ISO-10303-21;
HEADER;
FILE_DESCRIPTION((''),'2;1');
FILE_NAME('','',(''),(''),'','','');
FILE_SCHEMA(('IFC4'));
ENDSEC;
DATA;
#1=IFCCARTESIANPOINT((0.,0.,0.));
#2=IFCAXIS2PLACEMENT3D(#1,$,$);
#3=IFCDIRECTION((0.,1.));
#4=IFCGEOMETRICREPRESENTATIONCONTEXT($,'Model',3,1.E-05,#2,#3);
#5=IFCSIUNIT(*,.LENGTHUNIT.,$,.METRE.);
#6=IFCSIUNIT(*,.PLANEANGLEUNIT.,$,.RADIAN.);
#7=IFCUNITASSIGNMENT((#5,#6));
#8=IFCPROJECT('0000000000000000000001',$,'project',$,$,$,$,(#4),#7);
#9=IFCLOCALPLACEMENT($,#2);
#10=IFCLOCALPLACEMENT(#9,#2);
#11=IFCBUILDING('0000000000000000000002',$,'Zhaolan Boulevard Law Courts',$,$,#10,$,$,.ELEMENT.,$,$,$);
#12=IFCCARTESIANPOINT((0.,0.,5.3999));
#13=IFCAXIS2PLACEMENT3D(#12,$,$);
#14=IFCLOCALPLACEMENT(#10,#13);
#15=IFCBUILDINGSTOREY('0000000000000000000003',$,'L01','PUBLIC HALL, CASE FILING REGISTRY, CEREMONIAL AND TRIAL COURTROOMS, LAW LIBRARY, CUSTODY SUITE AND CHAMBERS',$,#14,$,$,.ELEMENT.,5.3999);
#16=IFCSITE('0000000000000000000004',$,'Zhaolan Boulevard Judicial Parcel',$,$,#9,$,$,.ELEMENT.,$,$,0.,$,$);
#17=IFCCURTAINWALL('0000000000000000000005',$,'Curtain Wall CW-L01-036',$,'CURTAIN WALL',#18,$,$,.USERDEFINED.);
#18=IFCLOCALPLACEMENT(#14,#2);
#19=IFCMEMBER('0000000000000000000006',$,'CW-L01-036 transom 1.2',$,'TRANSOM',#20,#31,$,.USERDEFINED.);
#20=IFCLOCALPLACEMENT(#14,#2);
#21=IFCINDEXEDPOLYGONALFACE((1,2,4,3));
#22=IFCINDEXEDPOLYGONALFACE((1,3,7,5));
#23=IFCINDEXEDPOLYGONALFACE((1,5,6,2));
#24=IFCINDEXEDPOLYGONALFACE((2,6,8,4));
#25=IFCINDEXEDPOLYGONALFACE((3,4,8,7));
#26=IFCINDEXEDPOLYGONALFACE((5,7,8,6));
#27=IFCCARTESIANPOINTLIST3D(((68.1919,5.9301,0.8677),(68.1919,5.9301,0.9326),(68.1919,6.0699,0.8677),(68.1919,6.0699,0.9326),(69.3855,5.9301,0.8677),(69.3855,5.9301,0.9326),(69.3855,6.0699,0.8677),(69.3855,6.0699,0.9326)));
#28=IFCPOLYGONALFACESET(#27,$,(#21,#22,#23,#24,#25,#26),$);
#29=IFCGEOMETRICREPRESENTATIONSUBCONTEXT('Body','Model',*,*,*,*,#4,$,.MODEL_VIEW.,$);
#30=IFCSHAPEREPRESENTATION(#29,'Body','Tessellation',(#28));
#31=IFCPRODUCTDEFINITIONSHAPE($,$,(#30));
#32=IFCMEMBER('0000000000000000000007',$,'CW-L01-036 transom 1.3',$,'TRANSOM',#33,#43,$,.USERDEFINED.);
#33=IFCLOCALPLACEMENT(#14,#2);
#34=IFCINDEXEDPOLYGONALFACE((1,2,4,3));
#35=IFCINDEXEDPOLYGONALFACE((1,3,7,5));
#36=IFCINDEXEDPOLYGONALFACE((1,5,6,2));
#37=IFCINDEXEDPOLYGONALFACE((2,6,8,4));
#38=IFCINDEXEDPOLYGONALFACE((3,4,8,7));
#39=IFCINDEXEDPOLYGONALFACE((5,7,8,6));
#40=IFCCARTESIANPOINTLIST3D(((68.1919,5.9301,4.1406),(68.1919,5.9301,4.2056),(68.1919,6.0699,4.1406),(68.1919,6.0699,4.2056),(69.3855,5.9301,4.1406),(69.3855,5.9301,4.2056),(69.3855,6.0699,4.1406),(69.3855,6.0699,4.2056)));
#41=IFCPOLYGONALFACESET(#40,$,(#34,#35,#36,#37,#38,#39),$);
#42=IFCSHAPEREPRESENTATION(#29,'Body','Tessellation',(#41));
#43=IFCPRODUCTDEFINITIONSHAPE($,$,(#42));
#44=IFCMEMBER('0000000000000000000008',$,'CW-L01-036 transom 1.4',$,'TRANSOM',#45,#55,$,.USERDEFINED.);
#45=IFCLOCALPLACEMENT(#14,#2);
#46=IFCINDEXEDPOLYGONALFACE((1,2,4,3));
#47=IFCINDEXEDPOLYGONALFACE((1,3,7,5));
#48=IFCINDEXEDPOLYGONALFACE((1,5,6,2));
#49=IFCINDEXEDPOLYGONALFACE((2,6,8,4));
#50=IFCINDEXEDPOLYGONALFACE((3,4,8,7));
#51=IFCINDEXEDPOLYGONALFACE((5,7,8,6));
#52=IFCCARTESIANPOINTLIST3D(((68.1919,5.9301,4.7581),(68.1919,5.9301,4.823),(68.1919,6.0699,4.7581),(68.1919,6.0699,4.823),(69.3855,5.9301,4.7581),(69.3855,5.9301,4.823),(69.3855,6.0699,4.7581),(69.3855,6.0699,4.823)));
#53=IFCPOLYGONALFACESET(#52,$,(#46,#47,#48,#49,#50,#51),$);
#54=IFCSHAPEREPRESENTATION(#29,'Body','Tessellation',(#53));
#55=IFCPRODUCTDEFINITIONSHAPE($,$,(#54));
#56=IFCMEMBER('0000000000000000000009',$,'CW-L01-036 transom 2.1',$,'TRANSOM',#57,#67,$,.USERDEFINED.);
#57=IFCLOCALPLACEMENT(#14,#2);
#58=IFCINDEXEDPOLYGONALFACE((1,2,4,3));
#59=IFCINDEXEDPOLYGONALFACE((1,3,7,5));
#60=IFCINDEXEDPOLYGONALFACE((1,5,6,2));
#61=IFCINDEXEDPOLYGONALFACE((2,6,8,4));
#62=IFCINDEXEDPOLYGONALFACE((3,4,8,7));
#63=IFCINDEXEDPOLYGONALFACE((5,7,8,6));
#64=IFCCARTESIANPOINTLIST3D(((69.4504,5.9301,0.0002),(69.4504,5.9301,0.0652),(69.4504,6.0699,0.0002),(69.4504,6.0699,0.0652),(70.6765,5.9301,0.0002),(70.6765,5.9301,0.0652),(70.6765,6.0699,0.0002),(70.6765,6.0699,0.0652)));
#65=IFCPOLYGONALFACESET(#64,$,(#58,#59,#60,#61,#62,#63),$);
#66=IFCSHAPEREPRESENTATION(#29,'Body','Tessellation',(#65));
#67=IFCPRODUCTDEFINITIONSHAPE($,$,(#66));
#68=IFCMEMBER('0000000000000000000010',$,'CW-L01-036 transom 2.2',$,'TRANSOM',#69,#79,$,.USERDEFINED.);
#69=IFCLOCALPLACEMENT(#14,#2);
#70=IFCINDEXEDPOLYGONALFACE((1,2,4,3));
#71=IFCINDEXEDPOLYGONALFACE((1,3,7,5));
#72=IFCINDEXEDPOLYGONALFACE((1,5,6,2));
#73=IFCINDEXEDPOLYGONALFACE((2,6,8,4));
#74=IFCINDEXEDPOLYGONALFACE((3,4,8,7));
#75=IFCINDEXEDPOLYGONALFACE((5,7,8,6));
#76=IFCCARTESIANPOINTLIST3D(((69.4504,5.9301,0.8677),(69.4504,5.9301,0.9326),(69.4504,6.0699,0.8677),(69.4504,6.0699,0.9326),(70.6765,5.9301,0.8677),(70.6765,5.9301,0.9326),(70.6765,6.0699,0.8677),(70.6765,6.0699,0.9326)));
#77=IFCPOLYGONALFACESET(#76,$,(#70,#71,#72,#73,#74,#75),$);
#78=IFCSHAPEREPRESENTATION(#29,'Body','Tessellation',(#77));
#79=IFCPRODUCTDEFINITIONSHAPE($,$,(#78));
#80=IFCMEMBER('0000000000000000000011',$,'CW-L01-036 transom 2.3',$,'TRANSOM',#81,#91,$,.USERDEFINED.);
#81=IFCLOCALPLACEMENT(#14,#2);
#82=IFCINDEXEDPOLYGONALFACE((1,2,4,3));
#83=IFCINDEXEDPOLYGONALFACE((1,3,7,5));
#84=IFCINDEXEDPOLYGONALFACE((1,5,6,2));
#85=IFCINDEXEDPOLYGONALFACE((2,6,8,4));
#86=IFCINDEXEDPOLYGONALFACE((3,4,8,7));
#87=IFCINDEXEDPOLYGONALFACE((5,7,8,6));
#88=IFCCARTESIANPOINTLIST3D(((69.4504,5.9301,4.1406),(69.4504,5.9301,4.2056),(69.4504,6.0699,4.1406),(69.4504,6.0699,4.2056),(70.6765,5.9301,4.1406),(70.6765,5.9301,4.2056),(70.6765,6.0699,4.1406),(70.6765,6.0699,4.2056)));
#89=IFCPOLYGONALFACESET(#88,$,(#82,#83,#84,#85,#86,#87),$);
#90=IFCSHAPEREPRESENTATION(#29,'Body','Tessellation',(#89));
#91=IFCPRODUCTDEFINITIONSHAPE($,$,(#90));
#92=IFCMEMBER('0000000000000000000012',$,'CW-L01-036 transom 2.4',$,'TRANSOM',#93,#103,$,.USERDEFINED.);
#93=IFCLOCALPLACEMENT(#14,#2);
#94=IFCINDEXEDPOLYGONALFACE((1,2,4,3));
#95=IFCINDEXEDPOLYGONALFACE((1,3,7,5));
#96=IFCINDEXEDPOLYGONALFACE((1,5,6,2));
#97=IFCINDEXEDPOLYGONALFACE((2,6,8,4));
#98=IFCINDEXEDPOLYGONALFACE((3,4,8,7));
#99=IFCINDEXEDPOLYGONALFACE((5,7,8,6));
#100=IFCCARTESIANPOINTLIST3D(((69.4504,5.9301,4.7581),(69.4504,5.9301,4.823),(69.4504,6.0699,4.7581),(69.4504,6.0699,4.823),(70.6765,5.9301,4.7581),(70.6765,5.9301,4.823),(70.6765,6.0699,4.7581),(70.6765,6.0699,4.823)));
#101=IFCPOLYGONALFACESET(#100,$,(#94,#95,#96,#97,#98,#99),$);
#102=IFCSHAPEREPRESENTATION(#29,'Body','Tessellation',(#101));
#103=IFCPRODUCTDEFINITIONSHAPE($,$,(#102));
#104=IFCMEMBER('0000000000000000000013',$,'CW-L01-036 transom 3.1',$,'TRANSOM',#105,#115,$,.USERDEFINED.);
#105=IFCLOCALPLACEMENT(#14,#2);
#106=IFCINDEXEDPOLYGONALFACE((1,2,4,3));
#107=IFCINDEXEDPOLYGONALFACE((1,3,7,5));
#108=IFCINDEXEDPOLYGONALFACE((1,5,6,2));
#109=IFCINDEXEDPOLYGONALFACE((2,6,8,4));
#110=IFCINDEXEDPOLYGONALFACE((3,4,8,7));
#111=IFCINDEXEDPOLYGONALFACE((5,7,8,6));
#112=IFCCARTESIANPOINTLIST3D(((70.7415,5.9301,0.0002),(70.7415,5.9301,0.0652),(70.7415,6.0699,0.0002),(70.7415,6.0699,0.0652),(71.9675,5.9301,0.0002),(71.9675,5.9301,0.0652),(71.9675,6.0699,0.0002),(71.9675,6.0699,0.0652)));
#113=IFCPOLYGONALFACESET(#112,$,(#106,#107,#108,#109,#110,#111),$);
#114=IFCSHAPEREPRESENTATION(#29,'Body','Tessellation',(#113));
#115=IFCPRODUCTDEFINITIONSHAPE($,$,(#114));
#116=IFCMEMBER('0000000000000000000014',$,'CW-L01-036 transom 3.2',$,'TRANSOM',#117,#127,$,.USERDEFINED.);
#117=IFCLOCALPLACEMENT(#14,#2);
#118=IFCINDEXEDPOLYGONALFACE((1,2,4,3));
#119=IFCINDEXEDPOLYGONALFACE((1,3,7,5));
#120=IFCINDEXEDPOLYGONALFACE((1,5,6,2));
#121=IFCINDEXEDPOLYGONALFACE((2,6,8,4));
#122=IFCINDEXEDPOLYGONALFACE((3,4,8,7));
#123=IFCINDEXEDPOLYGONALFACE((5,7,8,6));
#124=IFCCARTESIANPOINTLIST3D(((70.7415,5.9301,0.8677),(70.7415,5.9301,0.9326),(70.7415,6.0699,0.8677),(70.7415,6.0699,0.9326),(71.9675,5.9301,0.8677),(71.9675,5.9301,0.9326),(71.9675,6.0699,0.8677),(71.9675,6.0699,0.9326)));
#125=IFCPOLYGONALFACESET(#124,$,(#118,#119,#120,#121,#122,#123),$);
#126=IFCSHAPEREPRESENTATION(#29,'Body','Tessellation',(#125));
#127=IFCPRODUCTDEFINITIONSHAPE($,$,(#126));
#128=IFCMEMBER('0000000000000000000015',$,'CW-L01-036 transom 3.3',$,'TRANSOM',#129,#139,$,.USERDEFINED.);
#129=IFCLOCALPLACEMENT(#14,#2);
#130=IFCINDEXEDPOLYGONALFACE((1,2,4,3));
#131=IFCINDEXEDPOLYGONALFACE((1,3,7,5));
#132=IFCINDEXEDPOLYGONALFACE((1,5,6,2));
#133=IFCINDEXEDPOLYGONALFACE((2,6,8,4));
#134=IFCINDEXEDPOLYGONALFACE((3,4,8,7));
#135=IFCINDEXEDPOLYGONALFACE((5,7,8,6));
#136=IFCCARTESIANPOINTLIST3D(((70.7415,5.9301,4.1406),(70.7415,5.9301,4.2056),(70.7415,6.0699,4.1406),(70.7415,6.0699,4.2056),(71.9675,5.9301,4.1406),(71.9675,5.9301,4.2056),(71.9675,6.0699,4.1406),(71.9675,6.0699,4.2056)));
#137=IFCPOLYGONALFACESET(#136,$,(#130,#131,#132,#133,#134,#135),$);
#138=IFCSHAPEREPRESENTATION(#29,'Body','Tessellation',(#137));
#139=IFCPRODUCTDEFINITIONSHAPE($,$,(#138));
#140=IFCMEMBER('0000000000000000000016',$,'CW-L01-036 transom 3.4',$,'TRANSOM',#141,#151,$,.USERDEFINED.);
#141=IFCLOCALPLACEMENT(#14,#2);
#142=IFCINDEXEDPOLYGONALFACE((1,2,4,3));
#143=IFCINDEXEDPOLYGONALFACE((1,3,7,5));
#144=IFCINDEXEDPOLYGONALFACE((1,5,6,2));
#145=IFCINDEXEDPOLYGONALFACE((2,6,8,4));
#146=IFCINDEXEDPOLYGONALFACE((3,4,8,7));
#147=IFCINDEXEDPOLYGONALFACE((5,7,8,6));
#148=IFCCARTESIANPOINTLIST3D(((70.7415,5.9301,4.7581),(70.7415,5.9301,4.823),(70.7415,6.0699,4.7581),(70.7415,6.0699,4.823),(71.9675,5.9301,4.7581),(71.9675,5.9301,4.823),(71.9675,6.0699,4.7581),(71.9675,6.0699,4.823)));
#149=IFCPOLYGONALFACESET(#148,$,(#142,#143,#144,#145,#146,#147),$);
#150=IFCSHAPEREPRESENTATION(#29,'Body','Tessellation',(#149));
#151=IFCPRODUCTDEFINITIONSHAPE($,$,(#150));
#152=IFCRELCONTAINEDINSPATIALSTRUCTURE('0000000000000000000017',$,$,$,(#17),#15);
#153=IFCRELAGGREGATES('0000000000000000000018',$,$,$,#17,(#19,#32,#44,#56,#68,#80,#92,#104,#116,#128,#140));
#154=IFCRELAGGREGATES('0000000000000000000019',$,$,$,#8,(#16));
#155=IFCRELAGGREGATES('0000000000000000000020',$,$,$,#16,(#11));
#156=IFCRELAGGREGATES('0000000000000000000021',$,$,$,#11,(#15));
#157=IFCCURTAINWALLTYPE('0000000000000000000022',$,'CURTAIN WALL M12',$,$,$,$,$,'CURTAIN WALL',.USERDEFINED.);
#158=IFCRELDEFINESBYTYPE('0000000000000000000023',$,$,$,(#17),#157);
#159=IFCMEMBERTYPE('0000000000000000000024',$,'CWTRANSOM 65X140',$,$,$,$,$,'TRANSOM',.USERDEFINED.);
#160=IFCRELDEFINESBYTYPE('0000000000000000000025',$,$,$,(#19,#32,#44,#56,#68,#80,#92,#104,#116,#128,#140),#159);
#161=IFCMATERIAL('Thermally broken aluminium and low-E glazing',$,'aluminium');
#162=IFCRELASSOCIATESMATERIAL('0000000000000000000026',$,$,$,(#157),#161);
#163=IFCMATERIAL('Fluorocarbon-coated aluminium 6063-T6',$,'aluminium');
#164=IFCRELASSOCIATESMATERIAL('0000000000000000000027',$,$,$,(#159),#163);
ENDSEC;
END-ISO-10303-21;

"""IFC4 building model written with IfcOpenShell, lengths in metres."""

from ifc_helpers import new_model, si_unit, direction, frame, origin, origin_2d, place, context, subcontext, project, spatial, rectangle, extrude, material, material_profile, profile_set, type_object, element, aggregate, save


model = new_model("IFC4")

# Units and contexts
model_context = context("Model", 3, precision=1e-05, world=origin(), true_north=direction((0.0, 1.0)))
body_context = subcontext(model_context, "Body", "Model", "MODEL_VIEW")
ifc_project = project(units=[si_unit("LENGTHUNIT", "METRE"), si_unit("PLANEANGLEUNIT", "RADIAN")], contexts=[model_context])

# Site, building, storey
site_placement = place(None, origin())
site = spatial("IfcSite", under=ifc_project, at=site_placement, Name="Zhaolan Boulevard Judicial Parcel", CompositionType="ELEMENT", RefElevation=0.0)
building_placement = place(site_placement, origin())
building = spatial("IfcBuilding", under=site, at=building_placement, Name="Zhaolan Boulevard Law Courts", CompositionType="ELEMENT")
storey_placement = place(building_placement, frame((0.0, 0.0, 5.3999)))
storey = spatial("IfcBuildingStorey", under=building, at=storey_placement, Name="L01", Description="PUBLIC HALL, CASE FILING REGISTRY, CEREMONIAL AND TRIAL COURTROOMS, LAW LIBRARY, CUSTODY SUITE AND CHAMBERS", CompositionType="ELEMENT", Elevation=5.3999)

# Curtain wall
ifc_material_1 = material(Name="Thermally broken aluminium and low-E glazing", Category="aluminium")
curtain_wall_type_1 = type_object("IfcCurtainWallType", Name="CURTAIN WALL M12", ElementType="CURTAIN WALL", PredefinedType="USERDEFINED", material=ifc_material_1)
curtain_wall_1_placement = place(storey_placement, origin())
curtain_wall_1 = element("IfcCurtainWall", 1, at=curtain_wall_1_placement, inside=storey, type_object=curtain_wall_type_1, Name="Curtain Wall CW-L01-036", ObjectType="CURTAIN WALL", PredefinedType="USERDEFINED")

# Members
ifc_material_2 = material(Name="Fluorocarbon-coated aluminium 6063-T6", Category="aluminium")
ifc_material_profile_1 = material_profile(ifc_material_2, rectangle(XDim=0.1399, YDim=0.0649, at=origin_2d()), Name="AL65x140")
ifc_profile_set_1 = profile_set([ifc_material_profile_1], Name="Fluorocarbon-coated aluminium 6063-T6")
member_type_1 = type_object("IfcMemberType", Name="CWTRANSOM 65X140", ElementType="TRANSOM", PredefinedType="USERDEFINED", material=ifc_profile_set_1)
member_1_placement = place(storey_placement, frame((68.1919, 6.0, 0.9001), z_axis=(1.0, 0.0, 0.0), x_axis=(0.0, 1.0, 0.0)))
member_1 = element("IfcMember", 2, at=member_1_placement, type_object=member_type_1, Name="CW-L01-036 transom 1.2", ObjectType="TRANSOM", PredefinedType="USERDEFINED", context=body_context, shape_type="SweptSolid", body=[
    extrude(rectangle(XDim=0.1399, YDim=0.0649, at=origin_2d()), origin(), (0.0, 0.0, 1.0), 1.1936),
])
member_2_placement = place(storey_placement, frame((68.1919, 6.0, 4.1731), z_axis=(1.0, 0.0, 0.0), x_axis=(0.0, 1.0, 0.0)))
member_2 = element("IfcMember", 3, at=member_2_placement, type_object=member_type_1, Name="CW-L01-036 transom 1.3", ObjectType="TRANSOM", PredefinedType="USERDEFINED", context=body_context, shape_type="SweptSolid", body=[
    extrude(rectangle(XDim=0.1399, YDim=0.0649, at=origin_2d()), origin(), (0.0, 0.0, 1.0), 1.1936),
])
member_3_placement = place(storey_placement, frame((68.1919, 6.0, 4.7905), z_axis=(1.0, 0.0, 0.0), x_axis=(0.0, 1.0, 0.0)))
member_3 = element("IfcMember", 4, at=member_3_placement, type_object=member_type_1, Name="CW-L01-036 transom 1.4", ObjectType="TRANSOM", PredefinedType="USERDEFINED", context=body_context, shape_type="SweptSolid", body=[
    extrude(rectangle(XDim=0.1399, YDim=0.0649, at=origin_2d()), origin(), (0.0, 0.0, 1.0), 1.1936),
])
member_4_placement = place(storey_placement, frame((69.4504, 6.0, 0.0327), z_axis=(1.0, 0.0, 0.0), x_axis=(0.0, 1.0, 0.0)))
member_4 = element("IfcMember", 5, at=member_4_placement, type_object=member_type_1, Name="CW-L01-036 transom 2.1", ObjectType="TRANSOM", PredefinedType="USERDEFINED", context=body_context, shape_type="SweptSolid", body=[
    extrude(rectangle(XDim=0.1399, YDim=0.0649, at=origin_2d()), origin(), (0.0, 0.0, 1.0), 1.2261),
])
member_5_placement = place(storey_placement, frame((69.4504, 6.0, 0.9001), z_axis=(1.0, 0.0, 0.0), x_axis=(0.0, 1.0, 0.0)))
member_5 = element("IfcMember", 6, at=member_5_placement, type_object=member_type_1, Name="CW-L01-036 transom 2.2", ObjectType="TRANSOM", PredefinedType="USERDEFINED", context=body_context, shape_type="SweptSolid", body=[
    extrude(rectangle(XDim=0.1399, YDim=0.0649, at=origin_2d()), origin(), (0.0, 0.0, 1.0), 1.2261),
])
member_6_placement = place(storey_placement, frame((69.4504, 6.0, 4.1731), z_axis=(1.0, 0.0, 0.0), x_axis=(0.0, 1.0, 0.0)))
member_6 = element("IfcMember", 7, at=member_6_placement, type_object=member_type_1, Name="CW-L01-036 transom 2.3", ObjectType="TRANSOM", PredefinedType="USERDEFINED", context=body_context, shape_type="SweptSolid", body=[
    extrude(rectangle(XDim=0.1399, YDim=0.0649, at=origin_2d()), origin(), (0.0, 0.0, 1.0), 1.2261),
])
member_7_placement = place(storey_placement, frame((69.4504, 6.0, 4.7905), z_axis=(1.0, 0.0, 0.0), x_axis=(0.0, 1.0, 0.0)))
member_7 = element("IfcMember", 8, at=member_7_placement, type_object=member_type_1, Name="CW-L01-036 transom 2.4", ObjectType="TRANSOM", PredefinedType="USERDEFINED", context=body_context, shape_type="SweptSolid", body=[
    extrude(rectangle(XDim=0.1399, YDim=0.0649, at=origin_2d()), origin(), (0.0, 0.0, 1.0), 1.2261),
])
member_8_placement = place(storey_placement, frame((70.7415, 6.0, 0.0327), z_axis=(1.0, 0.0, 0.0), x_axis=(0.0, 1.0, 0.0)))
member_8 = element("IfcMember", 9, at=member_8_placement, type_object=member_type_1, Name="CW-L01-036 transom 3.1", ObjectType="TRANSOM", PredefinedType="USERDEFINED", context=body_context, shape_type="SweptSolid", body=[
    extrude(rectangle(XDim=0.1399, YDim=0.0649, at=origin_2d()), origin(), (0.0, 0.0, 1.0), 1.2261),
])
member_9_placement = place(storey_placement, frame((70.7415, 6.0, 0.9001), z_axis=(1.0, 0.0, 0.0), x_axis=(0.0, 1.0, 0.0)))
member_9 = element("IfcMember", 10, at=member_9_placement, type_object=member_type_1, Name="CW-L01-036 transom 3.2", ObjectType="TRANSOM", PredefinedType="USERDEFINED", context=body_context, shape_type="SweptSolid", body=[
    extrude(rectangle(XDim=0.1399, YDim=0.0649, at=origin_2d()), origin(), (0.0, 0.0, 1.0), 1.2261),
])
member_10_placement = place(storey_placement, frame((70.7415, 6.0, 4.1731), z_axis=(1.0, 0.0, 0.0), x_axis=(0.0, 1.0, 0.0)))
member_10 = element("IfcMember", 11, at=member_10_placement, type_object=member_type_1, Name="CW-L01-036 transom 3.3", ObjectType="TRANSOM", PredefinedType="USERDEFINED", context=body_context, shape_type="SweptSolid", body=[
    extrude(rectangle(XDim=0.1399, YDim=0.0649, at=origin_2d()), origin(), (0.0, 0.0, 1.0), 1.2261),
])
member_11_placement = place(storey_placement, frame((70.7415, 6.0, 4.7905), z_axis=(1.0, 0.0, 0.0), x_axis=(0.0, 1.0, 0.0)))
member_11 = element("IfcMember", 12, at=member_11_placement, type_object=member_type_1, Name="CW-L01-036 transom 3.4", ObjectType="TRANSOM", PredefinedType="USERDEFINED", context=body_context, shape_type="SweptSolid", body=[
    extrude(rectangle(XDim=0.1399, YDim=0.0649, at=origin_2d()), origin(), (0.0, 0.0, 1.0), 1.2261),
])

aggregate(curtain_wall_1, [member_1, member_2, member_3, member_4, member_5, member_6, member_7, member_8, member_9, member_10, member_11])

save(model, "model.ifc")
